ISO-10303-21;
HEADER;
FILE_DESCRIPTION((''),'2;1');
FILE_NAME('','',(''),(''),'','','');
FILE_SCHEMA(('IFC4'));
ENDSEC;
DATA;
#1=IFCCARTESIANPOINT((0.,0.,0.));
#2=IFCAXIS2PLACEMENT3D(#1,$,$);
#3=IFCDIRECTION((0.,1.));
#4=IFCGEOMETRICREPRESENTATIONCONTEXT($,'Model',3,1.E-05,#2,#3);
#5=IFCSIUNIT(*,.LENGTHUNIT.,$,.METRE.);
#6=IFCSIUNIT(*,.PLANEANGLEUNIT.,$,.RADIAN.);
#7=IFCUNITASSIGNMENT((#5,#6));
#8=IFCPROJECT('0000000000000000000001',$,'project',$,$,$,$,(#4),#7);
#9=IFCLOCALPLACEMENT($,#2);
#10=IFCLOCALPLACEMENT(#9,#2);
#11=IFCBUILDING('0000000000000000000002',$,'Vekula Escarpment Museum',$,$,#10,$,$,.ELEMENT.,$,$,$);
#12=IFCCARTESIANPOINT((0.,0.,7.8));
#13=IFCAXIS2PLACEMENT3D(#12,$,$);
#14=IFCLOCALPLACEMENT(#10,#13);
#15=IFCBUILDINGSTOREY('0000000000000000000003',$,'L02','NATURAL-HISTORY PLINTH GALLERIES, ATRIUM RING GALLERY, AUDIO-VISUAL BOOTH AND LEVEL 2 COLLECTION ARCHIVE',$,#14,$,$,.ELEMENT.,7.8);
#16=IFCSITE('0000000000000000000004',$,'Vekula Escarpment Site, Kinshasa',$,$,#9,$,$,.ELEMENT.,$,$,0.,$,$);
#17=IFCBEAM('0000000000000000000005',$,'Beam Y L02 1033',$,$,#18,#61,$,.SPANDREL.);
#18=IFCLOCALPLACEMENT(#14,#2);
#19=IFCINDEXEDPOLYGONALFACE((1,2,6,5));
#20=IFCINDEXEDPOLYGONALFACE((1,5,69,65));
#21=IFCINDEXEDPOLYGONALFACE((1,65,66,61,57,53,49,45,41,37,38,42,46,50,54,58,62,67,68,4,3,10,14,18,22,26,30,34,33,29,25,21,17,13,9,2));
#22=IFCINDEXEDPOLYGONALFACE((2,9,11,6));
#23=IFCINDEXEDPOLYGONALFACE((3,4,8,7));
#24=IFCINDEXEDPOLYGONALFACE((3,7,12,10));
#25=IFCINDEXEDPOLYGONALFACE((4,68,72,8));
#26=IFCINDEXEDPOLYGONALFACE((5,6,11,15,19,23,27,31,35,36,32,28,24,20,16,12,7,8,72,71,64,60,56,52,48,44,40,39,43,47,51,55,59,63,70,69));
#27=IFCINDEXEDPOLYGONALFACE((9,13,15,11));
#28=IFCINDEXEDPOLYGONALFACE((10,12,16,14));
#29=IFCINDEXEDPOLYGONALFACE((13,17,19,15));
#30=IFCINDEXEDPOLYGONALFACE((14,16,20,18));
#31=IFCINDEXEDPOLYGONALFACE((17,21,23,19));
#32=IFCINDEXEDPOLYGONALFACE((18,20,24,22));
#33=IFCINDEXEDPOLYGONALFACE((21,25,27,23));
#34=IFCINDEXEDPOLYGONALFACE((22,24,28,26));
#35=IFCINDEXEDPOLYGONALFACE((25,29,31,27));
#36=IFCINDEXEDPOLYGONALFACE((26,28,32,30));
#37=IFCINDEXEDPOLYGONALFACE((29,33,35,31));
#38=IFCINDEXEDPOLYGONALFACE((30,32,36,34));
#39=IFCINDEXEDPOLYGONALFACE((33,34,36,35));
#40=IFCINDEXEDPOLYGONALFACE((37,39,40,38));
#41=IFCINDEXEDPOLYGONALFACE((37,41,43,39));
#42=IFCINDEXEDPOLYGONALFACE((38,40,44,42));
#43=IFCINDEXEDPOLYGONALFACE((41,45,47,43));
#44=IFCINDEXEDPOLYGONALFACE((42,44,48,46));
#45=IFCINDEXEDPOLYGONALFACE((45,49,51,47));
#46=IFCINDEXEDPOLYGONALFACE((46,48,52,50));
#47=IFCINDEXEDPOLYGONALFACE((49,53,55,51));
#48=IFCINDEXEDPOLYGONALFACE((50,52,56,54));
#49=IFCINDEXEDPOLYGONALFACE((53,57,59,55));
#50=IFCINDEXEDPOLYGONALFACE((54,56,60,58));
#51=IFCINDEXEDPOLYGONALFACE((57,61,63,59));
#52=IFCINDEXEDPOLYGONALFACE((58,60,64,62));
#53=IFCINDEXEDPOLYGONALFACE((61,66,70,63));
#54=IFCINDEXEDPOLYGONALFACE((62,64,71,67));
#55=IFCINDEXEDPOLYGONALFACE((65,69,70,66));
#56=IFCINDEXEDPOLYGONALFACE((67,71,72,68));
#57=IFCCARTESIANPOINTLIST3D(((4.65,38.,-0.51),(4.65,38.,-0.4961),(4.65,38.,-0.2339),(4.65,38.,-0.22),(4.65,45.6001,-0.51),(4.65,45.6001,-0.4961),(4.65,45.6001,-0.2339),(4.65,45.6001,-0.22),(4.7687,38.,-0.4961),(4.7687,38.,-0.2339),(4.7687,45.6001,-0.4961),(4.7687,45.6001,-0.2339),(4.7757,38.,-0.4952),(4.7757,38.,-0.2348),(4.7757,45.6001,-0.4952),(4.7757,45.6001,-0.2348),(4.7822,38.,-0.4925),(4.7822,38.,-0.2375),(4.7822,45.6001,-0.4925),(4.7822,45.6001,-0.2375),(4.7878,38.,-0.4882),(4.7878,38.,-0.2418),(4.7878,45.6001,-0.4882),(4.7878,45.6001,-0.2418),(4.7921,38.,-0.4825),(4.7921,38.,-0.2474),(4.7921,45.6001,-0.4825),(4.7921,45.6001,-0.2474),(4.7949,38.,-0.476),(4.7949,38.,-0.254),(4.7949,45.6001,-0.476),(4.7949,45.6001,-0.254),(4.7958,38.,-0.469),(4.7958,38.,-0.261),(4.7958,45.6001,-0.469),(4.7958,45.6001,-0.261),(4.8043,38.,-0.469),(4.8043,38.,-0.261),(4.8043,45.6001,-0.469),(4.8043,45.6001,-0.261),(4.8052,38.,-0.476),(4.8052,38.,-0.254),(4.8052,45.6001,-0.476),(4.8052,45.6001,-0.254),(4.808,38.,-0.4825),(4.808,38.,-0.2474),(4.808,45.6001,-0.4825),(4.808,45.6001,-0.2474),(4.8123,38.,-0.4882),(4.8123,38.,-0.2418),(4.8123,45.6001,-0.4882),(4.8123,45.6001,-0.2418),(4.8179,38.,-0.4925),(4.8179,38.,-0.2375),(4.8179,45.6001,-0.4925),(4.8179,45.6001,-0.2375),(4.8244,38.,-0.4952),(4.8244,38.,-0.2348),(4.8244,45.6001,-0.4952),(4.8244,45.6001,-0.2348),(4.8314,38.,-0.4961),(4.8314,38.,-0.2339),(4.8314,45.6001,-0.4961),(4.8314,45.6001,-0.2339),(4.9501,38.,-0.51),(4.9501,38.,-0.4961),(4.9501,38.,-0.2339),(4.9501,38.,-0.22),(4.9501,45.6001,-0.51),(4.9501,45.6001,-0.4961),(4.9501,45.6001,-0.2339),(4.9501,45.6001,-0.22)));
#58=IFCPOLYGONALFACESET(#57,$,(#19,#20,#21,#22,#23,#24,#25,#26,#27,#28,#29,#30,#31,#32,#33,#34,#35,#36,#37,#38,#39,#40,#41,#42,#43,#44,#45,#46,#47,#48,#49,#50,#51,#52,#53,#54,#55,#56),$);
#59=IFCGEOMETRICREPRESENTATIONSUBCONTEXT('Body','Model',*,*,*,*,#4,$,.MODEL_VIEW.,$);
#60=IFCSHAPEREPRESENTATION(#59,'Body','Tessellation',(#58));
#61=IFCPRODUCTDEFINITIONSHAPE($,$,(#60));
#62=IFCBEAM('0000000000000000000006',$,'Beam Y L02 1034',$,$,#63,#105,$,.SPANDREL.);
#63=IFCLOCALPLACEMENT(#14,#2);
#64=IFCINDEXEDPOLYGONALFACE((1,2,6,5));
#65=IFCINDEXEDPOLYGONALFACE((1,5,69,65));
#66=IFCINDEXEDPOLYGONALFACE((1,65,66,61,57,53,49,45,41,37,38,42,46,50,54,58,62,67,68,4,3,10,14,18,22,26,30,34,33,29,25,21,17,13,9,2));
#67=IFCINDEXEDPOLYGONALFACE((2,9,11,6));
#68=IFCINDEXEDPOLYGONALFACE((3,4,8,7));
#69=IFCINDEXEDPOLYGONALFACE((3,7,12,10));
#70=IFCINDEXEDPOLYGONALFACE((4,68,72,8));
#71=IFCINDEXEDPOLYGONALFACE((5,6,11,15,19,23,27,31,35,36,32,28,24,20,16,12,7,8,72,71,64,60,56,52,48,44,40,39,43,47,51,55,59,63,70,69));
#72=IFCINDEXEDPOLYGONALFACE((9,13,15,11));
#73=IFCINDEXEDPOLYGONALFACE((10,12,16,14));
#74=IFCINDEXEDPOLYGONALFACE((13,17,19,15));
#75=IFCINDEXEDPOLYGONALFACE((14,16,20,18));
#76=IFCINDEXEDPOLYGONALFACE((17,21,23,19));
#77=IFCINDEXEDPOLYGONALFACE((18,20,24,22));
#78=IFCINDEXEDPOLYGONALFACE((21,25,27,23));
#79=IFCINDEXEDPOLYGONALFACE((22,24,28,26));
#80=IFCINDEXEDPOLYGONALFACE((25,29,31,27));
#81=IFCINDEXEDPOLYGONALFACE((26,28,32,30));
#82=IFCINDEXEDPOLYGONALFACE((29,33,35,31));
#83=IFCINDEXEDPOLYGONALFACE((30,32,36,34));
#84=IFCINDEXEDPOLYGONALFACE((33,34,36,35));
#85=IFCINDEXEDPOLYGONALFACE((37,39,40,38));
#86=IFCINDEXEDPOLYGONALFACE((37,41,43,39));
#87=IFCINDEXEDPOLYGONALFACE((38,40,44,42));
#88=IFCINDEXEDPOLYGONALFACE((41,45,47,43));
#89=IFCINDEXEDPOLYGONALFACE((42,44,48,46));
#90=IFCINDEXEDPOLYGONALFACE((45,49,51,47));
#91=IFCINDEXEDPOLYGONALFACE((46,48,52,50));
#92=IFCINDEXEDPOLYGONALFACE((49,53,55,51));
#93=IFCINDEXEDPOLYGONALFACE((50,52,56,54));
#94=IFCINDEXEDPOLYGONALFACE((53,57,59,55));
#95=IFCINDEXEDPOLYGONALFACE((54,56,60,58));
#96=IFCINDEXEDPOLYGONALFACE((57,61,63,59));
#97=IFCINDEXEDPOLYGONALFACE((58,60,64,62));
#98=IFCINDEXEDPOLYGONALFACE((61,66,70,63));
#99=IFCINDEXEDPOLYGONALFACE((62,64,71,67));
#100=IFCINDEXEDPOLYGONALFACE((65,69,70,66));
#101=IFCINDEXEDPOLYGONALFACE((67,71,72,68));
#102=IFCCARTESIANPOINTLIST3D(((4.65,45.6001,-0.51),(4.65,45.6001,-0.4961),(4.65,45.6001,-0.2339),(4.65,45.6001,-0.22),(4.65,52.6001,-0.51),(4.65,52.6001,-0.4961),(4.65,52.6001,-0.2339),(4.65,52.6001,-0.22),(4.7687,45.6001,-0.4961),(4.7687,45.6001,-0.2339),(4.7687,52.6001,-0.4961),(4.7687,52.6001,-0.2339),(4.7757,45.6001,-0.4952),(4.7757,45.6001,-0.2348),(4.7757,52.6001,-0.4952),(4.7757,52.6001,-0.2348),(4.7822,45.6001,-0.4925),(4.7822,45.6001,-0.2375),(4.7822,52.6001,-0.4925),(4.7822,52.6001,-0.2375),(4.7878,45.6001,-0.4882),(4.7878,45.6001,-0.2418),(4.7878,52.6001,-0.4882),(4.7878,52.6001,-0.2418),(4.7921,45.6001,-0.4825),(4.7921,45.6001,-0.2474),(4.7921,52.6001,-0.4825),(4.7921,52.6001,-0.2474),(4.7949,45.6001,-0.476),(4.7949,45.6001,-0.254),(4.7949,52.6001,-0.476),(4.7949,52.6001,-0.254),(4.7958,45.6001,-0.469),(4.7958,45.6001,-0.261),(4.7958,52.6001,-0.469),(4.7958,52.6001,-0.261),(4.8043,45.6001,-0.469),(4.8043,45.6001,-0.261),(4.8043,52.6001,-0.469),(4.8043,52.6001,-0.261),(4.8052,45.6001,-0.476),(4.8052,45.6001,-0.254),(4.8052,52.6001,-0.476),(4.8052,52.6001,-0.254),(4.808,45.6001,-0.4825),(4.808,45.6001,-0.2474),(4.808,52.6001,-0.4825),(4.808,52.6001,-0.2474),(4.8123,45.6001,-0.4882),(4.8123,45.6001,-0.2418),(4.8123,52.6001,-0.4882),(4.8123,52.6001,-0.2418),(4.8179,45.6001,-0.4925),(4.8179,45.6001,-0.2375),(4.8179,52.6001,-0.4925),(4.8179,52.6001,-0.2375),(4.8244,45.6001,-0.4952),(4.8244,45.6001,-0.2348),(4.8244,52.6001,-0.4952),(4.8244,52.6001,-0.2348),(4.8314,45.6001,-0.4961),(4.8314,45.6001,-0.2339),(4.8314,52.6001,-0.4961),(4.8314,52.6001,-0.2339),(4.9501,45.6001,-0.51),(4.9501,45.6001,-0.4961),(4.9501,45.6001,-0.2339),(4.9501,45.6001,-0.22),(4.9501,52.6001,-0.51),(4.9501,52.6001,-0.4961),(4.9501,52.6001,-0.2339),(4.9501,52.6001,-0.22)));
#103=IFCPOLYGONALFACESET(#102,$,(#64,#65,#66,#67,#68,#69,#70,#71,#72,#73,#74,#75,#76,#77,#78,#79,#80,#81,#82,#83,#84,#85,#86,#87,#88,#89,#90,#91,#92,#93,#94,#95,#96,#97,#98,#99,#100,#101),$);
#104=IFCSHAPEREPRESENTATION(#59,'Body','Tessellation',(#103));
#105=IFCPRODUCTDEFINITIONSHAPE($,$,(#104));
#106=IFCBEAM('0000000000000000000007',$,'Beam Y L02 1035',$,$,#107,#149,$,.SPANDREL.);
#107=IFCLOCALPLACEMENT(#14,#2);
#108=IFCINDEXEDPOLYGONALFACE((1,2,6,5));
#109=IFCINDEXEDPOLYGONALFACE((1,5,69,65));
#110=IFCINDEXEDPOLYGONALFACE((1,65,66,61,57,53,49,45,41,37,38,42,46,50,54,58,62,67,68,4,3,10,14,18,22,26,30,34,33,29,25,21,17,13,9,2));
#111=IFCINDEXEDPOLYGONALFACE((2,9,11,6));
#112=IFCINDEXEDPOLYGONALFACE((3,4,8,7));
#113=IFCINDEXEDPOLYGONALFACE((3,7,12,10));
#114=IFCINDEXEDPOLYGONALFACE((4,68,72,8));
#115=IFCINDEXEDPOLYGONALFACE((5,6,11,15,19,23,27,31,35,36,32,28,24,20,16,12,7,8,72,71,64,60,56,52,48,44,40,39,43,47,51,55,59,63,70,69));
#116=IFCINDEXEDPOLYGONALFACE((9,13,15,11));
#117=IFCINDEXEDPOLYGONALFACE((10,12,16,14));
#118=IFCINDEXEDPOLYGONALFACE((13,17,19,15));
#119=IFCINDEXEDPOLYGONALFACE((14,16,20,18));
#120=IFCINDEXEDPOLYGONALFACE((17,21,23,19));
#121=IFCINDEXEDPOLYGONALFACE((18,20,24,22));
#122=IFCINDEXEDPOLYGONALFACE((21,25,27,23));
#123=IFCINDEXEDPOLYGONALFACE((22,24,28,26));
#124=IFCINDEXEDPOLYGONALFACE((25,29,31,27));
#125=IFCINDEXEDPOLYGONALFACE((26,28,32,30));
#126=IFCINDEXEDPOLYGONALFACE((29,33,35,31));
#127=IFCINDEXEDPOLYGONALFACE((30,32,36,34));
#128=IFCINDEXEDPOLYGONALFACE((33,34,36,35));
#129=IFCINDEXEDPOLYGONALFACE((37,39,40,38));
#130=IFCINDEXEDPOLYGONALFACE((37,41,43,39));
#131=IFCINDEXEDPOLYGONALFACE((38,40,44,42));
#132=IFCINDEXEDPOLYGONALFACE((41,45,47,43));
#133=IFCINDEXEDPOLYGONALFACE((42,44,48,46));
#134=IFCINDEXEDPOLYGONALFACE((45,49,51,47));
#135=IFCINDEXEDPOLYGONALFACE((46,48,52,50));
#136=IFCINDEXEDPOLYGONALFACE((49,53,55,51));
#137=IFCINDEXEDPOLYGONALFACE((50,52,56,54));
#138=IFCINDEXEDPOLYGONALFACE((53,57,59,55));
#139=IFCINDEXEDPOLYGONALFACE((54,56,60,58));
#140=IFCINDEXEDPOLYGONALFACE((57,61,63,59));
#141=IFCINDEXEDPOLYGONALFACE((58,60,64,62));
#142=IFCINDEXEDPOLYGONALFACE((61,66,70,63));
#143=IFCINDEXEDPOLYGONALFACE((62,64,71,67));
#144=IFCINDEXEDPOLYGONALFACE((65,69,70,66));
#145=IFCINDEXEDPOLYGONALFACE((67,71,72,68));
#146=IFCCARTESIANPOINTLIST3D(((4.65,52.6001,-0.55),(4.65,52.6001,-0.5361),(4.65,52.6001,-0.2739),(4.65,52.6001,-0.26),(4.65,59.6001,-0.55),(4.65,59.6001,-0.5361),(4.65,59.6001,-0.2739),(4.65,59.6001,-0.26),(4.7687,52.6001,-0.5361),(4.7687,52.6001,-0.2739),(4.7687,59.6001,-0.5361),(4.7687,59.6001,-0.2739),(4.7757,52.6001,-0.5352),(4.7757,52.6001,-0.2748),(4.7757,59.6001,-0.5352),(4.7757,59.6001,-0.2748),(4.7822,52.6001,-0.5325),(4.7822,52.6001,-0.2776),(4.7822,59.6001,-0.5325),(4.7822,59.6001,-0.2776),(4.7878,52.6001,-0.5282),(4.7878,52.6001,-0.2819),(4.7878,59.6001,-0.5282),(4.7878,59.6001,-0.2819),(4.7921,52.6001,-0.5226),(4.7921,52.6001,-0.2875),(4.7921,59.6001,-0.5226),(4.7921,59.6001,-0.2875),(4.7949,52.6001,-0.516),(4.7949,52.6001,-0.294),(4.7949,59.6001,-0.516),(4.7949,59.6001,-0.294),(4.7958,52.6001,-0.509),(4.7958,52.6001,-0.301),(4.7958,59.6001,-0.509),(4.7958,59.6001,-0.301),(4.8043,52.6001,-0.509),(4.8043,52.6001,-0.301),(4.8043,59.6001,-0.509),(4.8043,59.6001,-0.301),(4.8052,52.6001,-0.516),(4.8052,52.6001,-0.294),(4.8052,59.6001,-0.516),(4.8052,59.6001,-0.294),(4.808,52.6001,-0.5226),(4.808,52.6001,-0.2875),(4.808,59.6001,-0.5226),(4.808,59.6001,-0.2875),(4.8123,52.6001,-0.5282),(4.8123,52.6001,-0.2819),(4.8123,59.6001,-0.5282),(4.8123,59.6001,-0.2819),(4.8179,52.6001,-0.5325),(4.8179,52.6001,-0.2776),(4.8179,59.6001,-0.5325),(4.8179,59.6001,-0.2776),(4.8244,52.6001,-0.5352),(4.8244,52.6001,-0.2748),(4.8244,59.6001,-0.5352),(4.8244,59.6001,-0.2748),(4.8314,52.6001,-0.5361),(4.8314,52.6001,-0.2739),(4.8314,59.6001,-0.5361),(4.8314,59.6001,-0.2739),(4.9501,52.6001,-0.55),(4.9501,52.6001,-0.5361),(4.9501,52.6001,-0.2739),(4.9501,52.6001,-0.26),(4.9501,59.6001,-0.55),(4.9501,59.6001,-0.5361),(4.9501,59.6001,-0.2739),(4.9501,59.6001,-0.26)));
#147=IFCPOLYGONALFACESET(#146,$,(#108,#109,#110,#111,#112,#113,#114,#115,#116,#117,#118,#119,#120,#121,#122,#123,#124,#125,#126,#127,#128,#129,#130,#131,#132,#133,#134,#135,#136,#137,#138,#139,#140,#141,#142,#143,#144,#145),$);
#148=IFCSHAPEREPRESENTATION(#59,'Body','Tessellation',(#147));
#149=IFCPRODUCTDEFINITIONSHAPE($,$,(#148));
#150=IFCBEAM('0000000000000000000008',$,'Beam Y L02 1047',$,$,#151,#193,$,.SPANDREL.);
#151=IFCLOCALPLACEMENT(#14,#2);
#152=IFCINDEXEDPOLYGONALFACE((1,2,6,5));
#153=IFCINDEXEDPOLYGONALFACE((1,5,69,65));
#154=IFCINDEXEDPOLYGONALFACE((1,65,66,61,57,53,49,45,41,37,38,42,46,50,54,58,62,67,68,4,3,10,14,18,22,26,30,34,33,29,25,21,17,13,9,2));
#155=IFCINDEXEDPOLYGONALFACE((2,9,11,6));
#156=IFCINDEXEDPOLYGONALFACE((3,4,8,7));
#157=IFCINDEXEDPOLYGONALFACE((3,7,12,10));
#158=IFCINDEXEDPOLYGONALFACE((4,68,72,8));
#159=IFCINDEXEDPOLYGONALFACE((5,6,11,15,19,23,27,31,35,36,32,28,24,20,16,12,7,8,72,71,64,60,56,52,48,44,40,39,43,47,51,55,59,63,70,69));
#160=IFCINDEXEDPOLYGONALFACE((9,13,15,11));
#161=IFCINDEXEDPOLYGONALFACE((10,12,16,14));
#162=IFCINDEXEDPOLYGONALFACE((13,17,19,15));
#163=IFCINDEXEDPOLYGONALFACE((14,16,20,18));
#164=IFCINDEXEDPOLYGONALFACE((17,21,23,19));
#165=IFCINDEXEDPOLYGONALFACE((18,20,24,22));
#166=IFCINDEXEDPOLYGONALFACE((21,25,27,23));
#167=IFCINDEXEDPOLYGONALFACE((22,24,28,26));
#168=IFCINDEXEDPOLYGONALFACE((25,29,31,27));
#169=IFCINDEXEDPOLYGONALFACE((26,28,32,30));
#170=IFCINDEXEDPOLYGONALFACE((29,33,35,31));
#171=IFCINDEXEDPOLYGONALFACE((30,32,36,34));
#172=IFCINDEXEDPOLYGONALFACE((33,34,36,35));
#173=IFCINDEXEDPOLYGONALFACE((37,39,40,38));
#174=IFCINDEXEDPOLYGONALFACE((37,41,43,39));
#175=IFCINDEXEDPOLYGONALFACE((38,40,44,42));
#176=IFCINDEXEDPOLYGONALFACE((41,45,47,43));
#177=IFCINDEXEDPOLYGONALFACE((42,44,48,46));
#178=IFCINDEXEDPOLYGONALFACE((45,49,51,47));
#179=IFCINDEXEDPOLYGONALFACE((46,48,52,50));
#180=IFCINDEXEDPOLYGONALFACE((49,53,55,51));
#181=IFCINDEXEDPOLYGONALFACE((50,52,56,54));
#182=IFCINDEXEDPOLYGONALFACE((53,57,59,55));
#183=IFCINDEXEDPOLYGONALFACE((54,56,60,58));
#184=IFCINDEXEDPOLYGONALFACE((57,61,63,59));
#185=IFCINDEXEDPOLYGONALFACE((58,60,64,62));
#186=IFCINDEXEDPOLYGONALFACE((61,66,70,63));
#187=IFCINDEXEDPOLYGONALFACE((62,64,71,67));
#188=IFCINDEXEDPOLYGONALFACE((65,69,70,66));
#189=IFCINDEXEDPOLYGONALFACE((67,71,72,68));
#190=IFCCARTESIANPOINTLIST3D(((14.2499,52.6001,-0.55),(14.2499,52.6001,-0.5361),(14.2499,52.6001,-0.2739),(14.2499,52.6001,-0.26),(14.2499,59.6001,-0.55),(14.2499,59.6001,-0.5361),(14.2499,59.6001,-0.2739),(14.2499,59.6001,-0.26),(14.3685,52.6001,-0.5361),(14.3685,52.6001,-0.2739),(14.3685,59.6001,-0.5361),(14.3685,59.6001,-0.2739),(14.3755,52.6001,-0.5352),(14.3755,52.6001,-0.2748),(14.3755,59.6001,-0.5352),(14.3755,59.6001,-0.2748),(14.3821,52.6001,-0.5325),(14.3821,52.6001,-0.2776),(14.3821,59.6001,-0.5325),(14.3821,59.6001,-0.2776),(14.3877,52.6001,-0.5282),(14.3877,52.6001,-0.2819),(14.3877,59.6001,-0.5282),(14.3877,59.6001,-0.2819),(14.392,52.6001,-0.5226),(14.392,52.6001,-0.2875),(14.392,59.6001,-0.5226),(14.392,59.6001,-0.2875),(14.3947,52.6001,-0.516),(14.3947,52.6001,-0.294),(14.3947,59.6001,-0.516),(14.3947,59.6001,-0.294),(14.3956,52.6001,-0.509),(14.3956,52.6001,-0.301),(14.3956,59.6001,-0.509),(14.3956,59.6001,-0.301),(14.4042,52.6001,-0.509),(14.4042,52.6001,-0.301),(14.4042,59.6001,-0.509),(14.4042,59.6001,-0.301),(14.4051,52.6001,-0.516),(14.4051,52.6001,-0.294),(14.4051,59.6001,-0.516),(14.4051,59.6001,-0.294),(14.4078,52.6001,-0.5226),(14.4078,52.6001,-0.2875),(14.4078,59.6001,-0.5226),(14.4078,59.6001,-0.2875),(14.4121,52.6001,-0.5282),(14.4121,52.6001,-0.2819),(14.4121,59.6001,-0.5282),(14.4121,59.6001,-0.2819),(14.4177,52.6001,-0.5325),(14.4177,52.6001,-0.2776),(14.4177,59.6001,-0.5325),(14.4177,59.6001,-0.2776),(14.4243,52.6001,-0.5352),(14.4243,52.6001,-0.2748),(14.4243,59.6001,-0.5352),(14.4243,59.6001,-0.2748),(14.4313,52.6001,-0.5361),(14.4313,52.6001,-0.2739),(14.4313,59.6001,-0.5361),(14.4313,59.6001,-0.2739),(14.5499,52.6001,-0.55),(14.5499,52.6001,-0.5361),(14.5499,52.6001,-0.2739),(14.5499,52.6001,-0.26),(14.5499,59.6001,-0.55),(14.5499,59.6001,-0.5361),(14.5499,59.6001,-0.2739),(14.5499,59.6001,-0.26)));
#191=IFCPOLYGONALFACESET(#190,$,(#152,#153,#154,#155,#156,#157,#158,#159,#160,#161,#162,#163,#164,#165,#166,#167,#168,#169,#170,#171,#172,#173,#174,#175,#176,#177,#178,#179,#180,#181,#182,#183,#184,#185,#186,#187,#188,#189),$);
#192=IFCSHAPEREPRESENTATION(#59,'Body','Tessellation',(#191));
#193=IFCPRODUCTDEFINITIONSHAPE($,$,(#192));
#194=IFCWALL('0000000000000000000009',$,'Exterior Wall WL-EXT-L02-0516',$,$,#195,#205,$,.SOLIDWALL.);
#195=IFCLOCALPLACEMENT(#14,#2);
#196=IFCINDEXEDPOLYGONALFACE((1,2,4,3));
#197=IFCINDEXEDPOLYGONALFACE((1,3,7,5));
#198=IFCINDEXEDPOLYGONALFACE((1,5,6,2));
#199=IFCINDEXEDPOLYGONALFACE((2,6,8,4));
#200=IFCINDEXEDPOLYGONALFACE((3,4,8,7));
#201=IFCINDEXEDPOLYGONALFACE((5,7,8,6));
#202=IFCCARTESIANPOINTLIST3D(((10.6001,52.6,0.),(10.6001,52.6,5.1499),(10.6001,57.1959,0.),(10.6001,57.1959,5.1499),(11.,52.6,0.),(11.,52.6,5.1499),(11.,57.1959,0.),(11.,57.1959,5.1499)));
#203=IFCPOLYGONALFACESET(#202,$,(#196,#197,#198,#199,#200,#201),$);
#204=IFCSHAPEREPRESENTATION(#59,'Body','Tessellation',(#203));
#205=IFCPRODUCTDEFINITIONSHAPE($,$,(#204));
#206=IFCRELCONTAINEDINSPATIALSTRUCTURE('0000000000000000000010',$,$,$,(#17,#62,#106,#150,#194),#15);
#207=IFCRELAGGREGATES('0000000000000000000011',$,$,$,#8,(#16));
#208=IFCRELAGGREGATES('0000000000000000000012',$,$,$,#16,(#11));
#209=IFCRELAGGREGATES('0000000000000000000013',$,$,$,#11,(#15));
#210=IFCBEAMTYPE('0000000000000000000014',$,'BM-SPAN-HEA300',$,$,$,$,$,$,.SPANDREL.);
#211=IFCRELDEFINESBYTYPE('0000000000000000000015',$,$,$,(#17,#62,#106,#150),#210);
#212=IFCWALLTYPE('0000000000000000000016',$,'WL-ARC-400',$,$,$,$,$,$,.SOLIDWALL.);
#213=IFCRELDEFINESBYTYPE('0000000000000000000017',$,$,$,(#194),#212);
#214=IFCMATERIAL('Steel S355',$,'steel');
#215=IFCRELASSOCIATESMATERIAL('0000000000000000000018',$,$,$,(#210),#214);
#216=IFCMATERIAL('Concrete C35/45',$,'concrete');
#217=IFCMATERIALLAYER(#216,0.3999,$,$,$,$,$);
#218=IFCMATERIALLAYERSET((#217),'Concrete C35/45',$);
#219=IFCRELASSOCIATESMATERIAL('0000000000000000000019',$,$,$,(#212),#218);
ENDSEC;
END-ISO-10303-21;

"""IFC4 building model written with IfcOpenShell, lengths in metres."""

from ifc_helpers import new_model, si_unit, direction, frame, frame_2d, origin, origin_2d, place, context, subcontext, project, spatial, rectangle, i_section, extrude, material, layer, layer_set, material_profile, profile_set, type_object, element, save


model = new_model("IFC4")

# Units and contexts
model_context = context("Model", 3, precision=1e-05, world=origin(), true_north=direction((0.0, 1.0)))
body_context = subcontext(model_context, "Body", "Model", "MODEL_VIEW")
ifc_project = project(units=[si_unit("LENGTHUNIT", "METRE"), si_unit("PLANEANGLEUNIT", "RADIAN")], contexts=[model_context])

# Site, building, storey
site_placement = place(None, origin())
site = spatial("IfcSite", under=ifc_project, at=site_placement, Name="Vekula Escarpment Site, Kinshasa", CompositionType="ELEMENT", RefElevation=0.0)
building_placement = place(site_placement, origin())
building = spatial("IfcBuilding", under=site, at=building_placement, Name="Vekula Escarpment Museum", CompositionType="ELEMENT")
storey_placement = place(building_placement, frame((0.0, 0.0, 7.8)))
storey = spatial("IfcBuildingStorey", under=building, at=storey_placement, Name="L02", Description="NATURAL-HISTORY PLINTH GALLERIES, ATRIUM RING GALLERY, AUDIO-VISUAL BOOTH AND LEVEL 2 COLLECTION ARCHIVE", CompositionType="ELEMENT", Elevation=7.8)

# Beams
ifc_material_1 = material(Name="Steel S355", Category="steel")
ifc_material_profile_1 = material_profile(ifc_material_1, i_section(OverallWidth=0.3, OverallDepth=0.29, WebThickness=0.0085, FlangeThickness=0.0139, FilletRadius=0.0271, at=origin_2d()), Name="HEA 300")
ifc_profile_set_1 = profile_set([ifc_material_profile_1], Name="Steel S355")
beam_type_1 = type_object("IfcBeamType", Name="BM-SPAN-HEA300", PredefinedType="SPANDREL", material=ifc_profile_set_1)
beam_1_placement = place(storey_placement, frame((4.8, 38.0, -0.365), z_axis=(0.0, 1.0, 0.0), x_axis=(-1.0, 0.0, 0.0)))
element("IfcBeam", 1, at=beam_1_placement, inside=storey, type_object=beam_type_1, Name="Beam Y L02 1033", PredefinedType="SPANDREL", context=body_context, shape_type="SweptSolid", body=[
    extrude(i_section(OverallWidth=0.3, OverallDepth=0.29, WebThickness=0.0085, FlangeThickness=0.0139, FilletRadius=0.0271, at=origin_2d()), origin(), (0.0, 0.0, 1.0), 7.6001),
])
for number, where, z_axis, x_axis, name in (
    (2, (4.8, 45.6001, -0.365), (0.0, 1.0, 0.0), (-1.0, 0.0, 0.0), "Beam Y L02 1034"),
    (3, (4.8, 52.6001, -0.405), (0.0, 1.0, 0.0), (-1.0, 0.0, 0.0), "Beam Y L02 1035"),
    (4, (14.3999, 52.6001, -0.405), (0.0, 1.0, 0.0), (-1.0, 0.0, 0.0), "Beam Y L02 1047"),
):
    element("IfcBeam", number, at=place(storey_placement, frame(where, z_axis=z_axis, x_axis=x_axis)), inside=storey, type_object=beam_type_1, Name=name, PredefinedType="SPANDREL", context=body_context, shape_type="SweptSolid", body=[
        extrude(i_section(OverallWidth=0.3, OverallDepth=0.29, WebThickness=0.0085, FlangeThickness=0.0139, FilletRadius=0.0271, at=origin_2d()), origin(), (0.0, 0.0, 1.0), 7.0),
    ])

# Wall
ifc_material_2 = material(Name="Concrete C35/45", Category="concrete")
ifc_layer_1 = layer(ifc_material_2, 0.3999)
ifc_layer_set_1 = layer_set([ifc_layer_1], Name="Concrete C35/45")
wall_type = type_object("IfcWallType", Name="WL-ARC-400", PredefinedType="SOLIDWALL", material=ifc_layer_set_1)
wall_1_placement = place(storey_placement, frame((10.8, 52.6001, 0.0), z_axis=(0.0, 0.0, 1.0), x_axis=(0.0, 1.0, 0.0)))
element("IfcWall", 5, at=wall_1_placement, inside=storey, type_object=wall_type, Name="Exterior Wall WL-EXT-L02-0516", PredefinedType="SOLIDWALL", context=body_context, shape_type="SweptSolid", body=[
    extrude(rectangle(XDim=4.5959, YDim=0.3999, at=frame_2d((2.2979, 0.0))), origin(), (0.0, 0.0, 1.0), 5.1499),
])

save(model, "model.ifc")
